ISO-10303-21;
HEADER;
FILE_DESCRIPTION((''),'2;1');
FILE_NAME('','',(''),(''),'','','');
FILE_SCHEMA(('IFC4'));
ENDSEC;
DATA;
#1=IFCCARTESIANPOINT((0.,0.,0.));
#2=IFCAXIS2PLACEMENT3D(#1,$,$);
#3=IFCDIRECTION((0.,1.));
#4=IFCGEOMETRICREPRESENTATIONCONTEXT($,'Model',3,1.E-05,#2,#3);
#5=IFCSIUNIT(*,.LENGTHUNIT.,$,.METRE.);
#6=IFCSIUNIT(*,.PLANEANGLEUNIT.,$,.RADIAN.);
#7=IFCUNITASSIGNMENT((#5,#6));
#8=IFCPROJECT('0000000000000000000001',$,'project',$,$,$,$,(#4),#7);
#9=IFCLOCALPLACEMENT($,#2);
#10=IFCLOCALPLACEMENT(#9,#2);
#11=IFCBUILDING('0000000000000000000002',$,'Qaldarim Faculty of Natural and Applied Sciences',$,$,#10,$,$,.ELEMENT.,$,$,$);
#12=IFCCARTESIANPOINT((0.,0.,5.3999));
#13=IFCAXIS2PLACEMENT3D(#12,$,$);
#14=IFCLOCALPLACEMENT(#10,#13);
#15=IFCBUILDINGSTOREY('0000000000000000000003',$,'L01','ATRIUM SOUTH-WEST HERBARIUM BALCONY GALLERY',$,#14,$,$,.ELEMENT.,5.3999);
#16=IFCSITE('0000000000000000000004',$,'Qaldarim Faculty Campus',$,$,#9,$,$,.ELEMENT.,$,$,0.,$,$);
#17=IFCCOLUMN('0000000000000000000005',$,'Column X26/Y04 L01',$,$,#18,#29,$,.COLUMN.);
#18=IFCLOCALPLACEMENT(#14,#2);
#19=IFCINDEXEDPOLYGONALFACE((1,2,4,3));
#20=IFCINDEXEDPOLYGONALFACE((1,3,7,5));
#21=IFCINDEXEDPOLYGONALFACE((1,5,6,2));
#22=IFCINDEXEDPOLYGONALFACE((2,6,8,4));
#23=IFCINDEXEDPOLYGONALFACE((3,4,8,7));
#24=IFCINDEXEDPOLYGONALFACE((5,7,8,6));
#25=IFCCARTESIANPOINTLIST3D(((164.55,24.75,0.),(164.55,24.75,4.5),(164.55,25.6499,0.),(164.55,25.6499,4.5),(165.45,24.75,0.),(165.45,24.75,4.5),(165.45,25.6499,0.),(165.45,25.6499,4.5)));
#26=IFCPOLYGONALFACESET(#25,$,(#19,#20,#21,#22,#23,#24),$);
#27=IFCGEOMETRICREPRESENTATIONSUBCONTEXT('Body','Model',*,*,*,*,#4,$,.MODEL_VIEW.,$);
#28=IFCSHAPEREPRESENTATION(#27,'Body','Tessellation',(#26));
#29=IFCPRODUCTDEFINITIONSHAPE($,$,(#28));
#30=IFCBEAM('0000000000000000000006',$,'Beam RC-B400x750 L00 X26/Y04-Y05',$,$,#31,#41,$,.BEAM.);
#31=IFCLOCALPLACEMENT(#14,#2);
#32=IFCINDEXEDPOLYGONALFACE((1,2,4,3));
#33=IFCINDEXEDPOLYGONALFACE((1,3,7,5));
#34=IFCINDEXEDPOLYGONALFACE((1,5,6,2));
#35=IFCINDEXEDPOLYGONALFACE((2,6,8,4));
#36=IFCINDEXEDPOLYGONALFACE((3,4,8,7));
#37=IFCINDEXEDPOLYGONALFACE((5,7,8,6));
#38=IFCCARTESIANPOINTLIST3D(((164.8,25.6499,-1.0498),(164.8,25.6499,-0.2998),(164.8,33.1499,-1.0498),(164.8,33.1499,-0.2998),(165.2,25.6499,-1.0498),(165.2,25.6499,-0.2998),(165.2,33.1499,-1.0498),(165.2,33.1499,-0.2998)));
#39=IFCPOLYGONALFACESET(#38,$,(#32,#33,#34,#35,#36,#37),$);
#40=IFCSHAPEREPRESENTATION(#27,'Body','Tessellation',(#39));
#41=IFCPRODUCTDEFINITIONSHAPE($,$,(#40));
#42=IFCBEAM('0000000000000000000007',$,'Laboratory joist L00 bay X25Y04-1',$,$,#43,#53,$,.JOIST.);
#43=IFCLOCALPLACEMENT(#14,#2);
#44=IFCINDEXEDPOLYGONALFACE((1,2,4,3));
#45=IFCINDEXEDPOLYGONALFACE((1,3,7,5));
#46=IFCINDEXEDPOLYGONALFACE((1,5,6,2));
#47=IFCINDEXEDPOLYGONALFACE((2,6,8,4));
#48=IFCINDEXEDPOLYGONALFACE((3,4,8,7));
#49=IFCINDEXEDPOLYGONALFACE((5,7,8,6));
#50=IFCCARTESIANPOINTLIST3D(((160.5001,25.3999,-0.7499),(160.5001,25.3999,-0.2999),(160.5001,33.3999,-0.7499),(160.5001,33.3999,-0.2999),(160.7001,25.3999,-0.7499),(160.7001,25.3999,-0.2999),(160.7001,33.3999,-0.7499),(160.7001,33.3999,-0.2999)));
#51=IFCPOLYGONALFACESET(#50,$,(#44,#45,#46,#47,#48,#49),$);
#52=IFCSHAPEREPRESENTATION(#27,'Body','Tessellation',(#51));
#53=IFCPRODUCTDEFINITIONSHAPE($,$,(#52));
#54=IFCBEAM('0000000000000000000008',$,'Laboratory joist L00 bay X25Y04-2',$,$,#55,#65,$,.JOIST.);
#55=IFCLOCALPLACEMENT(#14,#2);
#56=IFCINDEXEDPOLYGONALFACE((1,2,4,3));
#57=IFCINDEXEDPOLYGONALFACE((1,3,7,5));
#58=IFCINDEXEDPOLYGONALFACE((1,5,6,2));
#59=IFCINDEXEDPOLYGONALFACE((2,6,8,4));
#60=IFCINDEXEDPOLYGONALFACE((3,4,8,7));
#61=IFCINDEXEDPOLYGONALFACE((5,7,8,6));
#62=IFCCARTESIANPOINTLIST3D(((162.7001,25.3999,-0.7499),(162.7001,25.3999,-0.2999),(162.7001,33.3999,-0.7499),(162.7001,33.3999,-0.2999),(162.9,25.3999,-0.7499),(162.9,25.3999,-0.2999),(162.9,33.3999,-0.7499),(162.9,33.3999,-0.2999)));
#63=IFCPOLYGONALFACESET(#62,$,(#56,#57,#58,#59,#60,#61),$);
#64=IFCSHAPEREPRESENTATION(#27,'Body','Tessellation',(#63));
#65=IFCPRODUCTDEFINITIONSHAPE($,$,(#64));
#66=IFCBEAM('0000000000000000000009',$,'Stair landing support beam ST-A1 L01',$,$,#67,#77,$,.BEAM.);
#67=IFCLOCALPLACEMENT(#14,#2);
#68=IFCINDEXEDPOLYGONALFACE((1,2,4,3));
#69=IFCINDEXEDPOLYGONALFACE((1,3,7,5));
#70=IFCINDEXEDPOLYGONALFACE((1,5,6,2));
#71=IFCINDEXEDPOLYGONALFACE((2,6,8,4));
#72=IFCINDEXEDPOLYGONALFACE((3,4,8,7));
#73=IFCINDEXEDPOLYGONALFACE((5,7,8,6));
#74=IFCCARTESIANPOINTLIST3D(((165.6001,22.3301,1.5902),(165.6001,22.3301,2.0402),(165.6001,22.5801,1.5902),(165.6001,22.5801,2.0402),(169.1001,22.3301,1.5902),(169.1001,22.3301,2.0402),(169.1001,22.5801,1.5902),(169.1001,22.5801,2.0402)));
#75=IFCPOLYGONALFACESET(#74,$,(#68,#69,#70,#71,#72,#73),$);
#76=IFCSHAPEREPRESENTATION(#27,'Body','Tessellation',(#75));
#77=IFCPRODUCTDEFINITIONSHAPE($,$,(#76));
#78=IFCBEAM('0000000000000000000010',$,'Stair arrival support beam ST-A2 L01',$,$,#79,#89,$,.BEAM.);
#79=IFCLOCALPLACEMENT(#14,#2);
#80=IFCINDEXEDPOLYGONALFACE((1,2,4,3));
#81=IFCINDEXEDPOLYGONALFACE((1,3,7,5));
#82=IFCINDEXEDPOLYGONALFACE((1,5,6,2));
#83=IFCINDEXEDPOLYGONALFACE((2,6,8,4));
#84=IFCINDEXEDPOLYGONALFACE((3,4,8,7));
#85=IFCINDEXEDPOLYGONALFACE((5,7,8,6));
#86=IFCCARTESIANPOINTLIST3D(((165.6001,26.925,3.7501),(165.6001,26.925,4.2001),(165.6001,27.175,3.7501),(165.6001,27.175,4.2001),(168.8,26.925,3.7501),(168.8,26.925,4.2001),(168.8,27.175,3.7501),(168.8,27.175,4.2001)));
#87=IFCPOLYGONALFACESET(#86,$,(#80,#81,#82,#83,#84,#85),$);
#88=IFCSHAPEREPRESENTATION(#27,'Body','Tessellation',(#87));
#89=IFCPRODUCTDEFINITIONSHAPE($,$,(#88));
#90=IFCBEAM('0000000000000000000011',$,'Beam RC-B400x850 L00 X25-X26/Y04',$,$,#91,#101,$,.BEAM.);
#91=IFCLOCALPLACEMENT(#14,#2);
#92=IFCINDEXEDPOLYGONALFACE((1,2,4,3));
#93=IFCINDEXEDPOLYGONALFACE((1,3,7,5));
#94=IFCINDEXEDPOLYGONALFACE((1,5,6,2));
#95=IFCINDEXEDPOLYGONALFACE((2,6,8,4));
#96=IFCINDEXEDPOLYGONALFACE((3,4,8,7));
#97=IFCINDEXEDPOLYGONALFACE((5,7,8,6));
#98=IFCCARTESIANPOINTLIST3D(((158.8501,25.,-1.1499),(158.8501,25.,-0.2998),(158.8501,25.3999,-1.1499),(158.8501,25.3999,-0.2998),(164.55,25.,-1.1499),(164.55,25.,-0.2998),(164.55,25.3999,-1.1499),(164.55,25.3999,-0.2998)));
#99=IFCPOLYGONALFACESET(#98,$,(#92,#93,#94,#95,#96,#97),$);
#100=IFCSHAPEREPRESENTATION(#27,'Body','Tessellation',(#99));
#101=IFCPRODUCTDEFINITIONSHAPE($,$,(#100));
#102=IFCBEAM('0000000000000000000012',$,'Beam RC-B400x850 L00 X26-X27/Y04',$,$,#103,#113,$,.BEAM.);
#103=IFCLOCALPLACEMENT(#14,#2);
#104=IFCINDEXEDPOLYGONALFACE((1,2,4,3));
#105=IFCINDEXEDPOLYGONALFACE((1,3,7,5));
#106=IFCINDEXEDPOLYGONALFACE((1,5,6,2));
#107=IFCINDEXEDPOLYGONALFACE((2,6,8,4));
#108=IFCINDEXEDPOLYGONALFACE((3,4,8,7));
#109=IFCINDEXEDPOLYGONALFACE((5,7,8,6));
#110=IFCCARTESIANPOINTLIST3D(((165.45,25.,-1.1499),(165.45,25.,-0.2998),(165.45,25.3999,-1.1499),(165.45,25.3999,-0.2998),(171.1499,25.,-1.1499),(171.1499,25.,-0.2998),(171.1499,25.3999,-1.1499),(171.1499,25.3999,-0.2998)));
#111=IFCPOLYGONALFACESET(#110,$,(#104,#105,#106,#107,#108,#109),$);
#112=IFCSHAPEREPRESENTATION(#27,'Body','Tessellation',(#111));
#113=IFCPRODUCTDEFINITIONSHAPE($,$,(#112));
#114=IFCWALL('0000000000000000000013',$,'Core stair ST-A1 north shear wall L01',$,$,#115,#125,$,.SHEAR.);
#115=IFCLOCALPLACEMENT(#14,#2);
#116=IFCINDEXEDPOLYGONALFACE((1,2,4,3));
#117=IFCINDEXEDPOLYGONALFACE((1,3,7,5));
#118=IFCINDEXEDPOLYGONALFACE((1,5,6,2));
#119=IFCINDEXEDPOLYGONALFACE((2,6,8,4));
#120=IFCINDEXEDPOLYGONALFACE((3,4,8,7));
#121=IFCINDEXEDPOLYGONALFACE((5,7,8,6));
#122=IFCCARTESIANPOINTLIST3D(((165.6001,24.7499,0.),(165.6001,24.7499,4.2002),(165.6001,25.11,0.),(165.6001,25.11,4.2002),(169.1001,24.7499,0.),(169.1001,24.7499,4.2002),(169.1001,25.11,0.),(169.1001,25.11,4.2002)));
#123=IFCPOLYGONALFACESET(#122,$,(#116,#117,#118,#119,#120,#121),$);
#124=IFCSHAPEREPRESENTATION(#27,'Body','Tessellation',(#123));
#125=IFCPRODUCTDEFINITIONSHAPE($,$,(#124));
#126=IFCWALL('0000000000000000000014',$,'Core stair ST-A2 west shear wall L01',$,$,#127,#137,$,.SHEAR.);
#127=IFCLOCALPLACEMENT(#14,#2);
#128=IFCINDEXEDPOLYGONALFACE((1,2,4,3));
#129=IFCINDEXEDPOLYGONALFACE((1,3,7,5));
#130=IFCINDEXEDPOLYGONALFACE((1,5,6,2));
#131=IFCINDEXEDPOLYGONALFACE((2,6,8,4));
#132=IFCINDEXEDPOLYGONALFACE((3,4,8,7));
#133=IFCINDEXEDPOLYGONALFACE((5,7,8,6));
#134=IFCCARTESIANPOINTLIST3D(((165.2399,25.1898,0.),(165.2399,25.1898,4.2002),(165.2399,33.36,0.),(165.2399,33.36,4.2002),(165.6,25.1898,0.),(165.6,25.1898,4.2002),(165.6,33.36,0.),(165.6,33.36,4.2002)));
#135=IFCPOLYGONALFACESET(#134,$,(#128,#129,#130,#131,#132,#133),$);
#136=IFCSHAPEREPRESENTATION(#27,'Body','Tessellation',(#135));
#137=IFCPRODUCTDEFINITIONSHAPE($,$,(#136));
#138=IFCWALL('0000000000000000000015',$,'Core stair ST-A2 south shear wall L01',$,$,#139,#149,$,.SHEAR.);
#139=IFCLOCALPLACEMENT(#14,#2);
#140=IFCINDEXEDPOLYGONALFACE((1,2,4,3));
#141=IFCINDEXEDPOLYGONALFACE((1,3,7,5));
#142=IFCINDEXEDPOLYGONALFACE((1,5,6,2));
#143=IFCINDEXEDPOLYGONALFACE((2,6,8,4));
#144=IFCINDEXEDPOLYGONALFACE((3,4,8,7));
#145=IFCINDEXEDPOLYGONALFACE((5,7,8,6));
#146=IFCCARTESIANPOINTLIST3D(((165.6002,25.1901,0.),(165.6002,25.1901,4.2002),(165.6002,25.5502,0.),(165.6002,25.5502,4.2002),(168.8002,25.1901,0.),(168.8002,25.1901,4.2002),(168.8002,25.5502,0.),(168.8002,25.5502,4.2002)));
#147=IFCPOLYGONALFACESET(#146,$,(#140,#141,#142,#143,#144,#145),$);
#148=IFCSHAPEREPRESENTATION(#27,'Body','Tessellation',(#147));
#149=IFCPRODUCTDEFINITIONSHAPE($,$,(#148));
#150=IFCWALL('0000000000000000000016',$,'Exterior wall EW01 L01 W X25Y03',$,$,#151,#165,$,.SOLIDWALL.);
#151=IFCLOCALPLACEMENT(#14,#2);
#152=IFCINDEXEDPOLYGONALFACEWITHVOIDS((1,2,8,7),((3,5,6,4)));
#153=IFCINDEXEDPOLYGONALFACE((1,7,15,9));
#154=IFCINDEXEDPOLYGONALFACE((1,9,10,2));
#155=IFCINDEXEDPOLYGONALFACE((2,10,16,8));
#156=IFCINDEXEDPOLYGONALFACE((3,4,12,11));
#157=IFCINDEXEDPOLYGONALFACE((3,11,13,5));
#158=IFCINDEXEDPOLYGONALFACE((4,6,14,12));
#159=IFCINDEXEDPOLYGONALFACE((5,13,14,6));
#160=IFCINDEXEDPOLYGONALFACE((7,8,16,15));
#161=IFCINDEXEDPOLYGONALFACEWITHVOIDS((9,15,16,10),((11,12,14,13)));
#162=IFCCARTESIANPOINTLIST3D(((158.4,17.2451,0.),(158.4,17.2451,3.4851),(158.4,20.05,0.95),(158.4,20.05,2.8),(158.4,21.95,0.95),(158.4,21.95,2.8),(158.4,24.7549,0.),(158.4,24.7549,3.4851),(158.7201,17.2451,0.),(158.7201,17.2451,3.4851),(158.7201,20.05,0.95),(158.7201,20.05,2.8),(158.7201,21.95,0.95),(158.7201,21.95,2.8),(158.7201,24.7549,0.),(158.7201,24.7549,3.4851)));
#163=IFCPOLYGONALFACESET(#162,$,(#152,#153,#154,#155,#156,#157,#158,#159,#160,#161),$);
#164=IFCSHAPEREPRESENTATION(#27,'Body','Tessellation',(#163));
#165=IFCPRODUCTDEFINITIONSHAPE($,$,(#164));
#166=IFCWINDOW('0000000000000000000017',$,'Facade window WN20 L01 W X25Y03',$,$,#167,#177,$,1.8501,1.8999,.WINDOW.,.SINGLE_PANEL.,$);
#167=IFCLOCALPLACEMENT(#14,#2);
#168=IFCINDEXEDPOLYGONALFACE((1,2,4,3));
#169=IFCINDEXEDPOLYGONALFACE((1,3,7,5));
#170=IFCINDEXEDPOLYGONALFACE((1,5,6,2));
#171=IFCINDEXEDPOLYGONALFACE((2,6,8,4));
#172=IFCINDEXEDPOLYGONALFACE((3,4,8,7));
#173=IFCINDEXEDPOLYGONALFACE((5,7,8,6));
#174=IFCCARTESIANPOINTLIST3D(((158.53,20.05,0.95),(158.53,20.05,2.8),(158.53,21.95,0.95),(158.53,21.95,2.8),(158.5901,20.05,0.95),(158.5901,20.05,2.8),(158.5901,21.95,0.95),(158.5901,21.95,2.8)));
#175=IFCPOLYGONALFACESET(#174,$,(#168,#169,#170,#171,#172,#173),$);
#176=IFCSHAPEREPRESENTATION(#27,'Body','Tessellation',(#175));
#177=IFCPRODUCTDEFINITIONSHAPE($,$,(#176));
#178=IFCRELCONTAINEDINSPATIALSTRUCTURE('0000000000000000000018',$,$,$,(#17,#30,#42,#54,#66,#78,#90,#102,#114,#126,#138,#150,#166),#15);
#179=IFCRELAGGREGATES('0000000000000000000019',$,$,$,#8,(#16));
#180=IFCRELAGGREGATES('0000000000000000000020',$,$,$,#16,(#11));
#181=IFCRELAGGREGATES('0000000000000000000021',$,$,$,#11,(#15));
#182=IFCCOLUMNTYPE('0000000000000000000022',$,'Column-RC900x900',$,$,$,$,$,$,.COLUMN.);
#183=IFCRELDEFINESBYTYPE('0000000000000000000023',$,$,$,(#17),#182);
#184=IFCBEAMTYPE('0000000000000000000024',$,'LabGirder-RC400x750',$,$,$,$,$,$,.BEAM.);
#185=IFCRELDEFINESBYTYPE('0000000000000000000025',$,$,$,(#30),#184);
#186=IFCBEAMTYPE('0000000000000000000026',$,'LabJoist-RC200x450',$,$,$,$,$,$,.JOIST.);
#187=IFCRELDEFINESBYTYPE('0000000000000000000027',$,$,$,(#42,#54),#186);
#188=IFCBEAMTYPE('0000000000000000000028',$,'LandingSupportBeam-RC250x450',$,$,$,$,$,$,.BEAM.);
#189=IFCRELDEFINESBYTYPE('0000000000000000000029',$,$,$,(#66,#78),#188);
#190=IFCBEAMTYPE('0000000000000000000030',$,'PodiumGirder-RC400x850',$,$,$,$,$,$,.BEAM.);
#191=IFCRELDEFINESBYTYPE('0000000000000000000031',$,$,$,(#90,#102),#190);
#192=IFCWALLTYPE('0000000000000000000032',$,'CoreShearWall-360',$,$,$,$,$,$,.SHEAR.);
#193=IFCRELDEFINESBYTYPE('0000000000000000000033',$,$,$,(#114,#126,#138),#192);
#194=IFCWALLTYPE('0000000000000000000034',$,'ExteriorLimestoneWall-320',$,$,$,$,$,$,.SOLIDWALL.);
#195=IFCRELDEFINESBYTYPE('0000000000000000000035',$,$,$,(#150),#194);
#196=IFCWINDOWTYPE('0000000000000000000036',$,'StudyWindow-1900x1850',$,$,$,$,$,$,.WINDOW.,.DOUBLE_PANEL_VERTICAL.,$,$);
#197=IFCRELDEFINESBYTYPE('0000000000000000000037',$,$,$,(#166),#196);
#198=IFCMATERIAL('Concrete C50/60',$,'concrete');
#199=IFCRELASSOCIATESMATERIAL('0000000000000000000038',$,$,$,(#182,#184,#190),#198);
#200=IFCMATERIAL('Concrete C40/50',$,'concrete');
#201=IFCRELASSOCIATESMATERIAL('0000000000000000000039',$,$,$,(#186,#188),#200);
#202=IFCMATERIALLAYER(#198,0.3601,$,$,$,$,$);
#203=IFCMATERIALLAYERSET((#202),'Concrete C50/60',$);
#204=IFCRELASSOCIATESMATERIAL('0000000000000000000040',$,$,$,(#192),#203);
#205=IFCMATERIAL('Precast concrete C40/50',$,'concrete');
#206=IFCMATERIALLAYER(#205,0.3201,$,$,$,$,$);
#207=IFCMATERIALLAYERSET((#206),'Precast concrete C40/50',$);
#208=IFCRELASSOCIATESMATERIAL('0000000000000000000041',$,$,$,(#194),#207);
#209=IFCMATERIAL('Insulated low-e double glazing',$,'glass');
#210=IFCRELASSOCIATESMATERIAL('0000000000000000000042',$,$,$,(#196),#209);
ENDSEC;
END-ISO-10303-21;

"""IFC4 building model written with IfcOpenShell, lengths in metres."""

from ifc_helpers import new_model, si_unit, direction, frame, frame_2d, origin, origin_2d, place, context, subcontext, project, spatial, rectangle, extrude, material, layer, layer_set, material_profile, profile_set, type_object, element, fill, save


model = new_model("IFC4")

# Units and contexts
model_context = context("Model", 3, precision=1e-05, world=origin(), true_north=direction((0.0, 1.0)))
body_context = subcontext(model_context, "Body", "Model", "MODEL_VIEW")
ifc_project = project(units=[si_unit("LENGTHUNIT", "METRE"), si_unit("PLANEANGLEUNIT", "RADIAN")], contexts=[model_context])

# Site, building, storey
site_placement = place(None, origin())
site = spatial("IfcSite", under=ifc_project, at=site_placement, Name="Qaldarim Faculty Campus", CompositionType="ELEMENT", RefElevation=0.0)
building_placement = place(site_placement, origin())
building = spatial("IfcBuilding", under=site, at=building_placement, Name="Qaldarim Faculty of Natural and Applied Sciences", CompositionType="ELEMENT")
storey_placement = place(building_placement, frame((0.0, 0.0, 5.3999)))
storey = spatial("IfcBuildingStorey", under=building, at=storey_placement, Name="L01", Description="ATRIUM SOUTH-WEST HERBARIUM BALCONY GALLERY", CompositionType="ELEMENT", Elevation=5.3999)

# Column
ifc_material_1 = material(Name="Concrete C50/60", Category="concrete")
ifc_material_profile_1 = material_profile(ifc_material_1, rectangle(XDim=0.8999, YDim=0.8999, at=origin_2d()), Name="RC-C900x900")
ifc_profile_set_1 = profile_set([ifc_material_profile_1], Name="Concrete C50/60")
column_type = type_object("IfcColumnType", Name="Column-RC900x900", PredefinedType="COLUMN", material=ifc_profile_set_1)
column_placement = place(storey_placement, frame((165.0, 25.2, 0.0), z_axis=(0.0, 0.0, 1.0), x_axis=(1.0, 0.0, 0.0)))
element("IfcColumn", 1, at=column_placement, inside=storey, type_object=column_type, Name="Column X26/Y04 L01", PredefinedType="COLUMN", context=body_context, shape_type="SweptSolid", body=[
    extrude(rectangle(XDim=0.8999, YDim=0.8999, at=origin_2d()), origin(), (0.0, 0.0, 1.0), 4.5),
])

# Beams
ifc_material_profile_2 = material_profile(ifc_material_1, rectangle(XDim=0.3999, YDim=0.75, at=origin_2d()), Name="RC-B400x750")
ifc_profile_set_2 = profile_set([ifc_material_profile_2], Name="Concrete C50/60")
beam_type_1 = type_object("IfcBeamType", Name="LabGirder-RC400x750", PredefinedType="BEAM", material=ifc_profile_set_2)
beam_1_placement = place(storey_placement, frame((165.0, 25.6499, -0.6748), z_axis=(0.0, 1.0, 0.0), x_axis=(-1.0, 0.0, 0.0)))
element("IfcBeam", 2, at=beam_1_placement, inside=storey, type_object=beam_type_1, Name="Beam RC-B400x750 L00 X26/Y04-Y05", PredefinedType="BEAM", context=body_context, shape_type="SweptSolid", body=[
    extrude(rectangle(XDim=0.3999, YDim=0.75, at=origin_2d()), origin(), (0.0, 0.0, 1.0), 7.5),
])
ifc_material_2 = material(Name="Concrete C40/50", Category="concrete")
ifc_material_profile_3 = material_profile(ifc_material_2, rectangle(XDim=0.2, YDim=0.45, at=origin_2d()), Name="RC-J200x450")
ifc_profile_set_3 = profile_set([ifc_material_profile_3], Name="Concrete C40/50")
beam_type_2 = type_object("IfcBeamType", Name="LabJoist-RC200x450", PredefinedType="JOIST", material=ifc_profile_set_3)
for number, where, z_axis, x_axis, name in (
    (3, (160.6001, 25.3999, -0.5249), (0.0, 1.0, 0.0), (-1.0, 0.0, 0.0), "Laboratory joist L00 bay X25Y04-1"),
    (4, (162.8, 25.3999, -0.5249), (0.0, 1.0, 0.0), (-1.0, 0.0, 0.0), "Laboratory joist L00 bay X25Y04-2"),
):
    element("IfcBeam", number, at=place(storey_placement, frame(where, z_axis=z_axis, x_axis=x_axis)), inside=storey, type_object=beam_type_2, Name=name, PredefinedType="JOIST", context=body_context, shape_type="SweptSolid", body=[
        extrude(rectangle(XDim=0.2, YDim=0.45, at=origin_2d()), origin(), (0.0, 0.0, 1.0), 8.0),
    ])
ifc_material_profile_4 = material_profile(ifc_material_2, rectangle(XDim=0.25, YDim=0.45, at=origin_2d()), Name="RC-LN250x450")
ifc_profile_set_4 = profile_set([ifc_material_profile_4], Name="Concrete C40/50")
beam_type_3 = type_object("IfcBeamType", Name="LandingSupportBeam-RC250x450", PredefinedType="BEAM", material=ifc_profile_set_4)
beam_2_placement = place(storey_placement, frame((165.6001, 22.4551, 1.8152), z_axis=(1.0, 0.0, 0.0), x_axis=(0.0, 1.0, 0.0)))
element("IfcBeam", 5, at=beam_2_placement, inside=storey, type_object=beam_type_3, Name="Stair landing support beam ST-A1 L01", PredefinedType="BEAM", context=body_context, shape_type="SweptSolid", body=[
    extrude(rectangle(XDim=0.25, YDim=0.45, at=origin_2d()), origin(), (0.0, 0.0, 1.0), 3.5),
])
beam_3_placement = place(storey_placement, frame((165.6001, 27.05, 3.9751), z_axis=(1.0, 0.0, 0.0), x_axis=(0.0, 1.0, 0.0)))
element("IfcBeam", 6, at=beam_3_placement, inside=storey, type_object=beam_type_3, Name="Stair arrival support beam ST-A2 L01", PredefinedType="BEAM", context=body_context, shape_type="SweptSolid", body=[
    extrude(rectangle(XDim=0.25, YDim=0.45, at=origin_2d()), origin(), (0.0, 0.0, 1.0), 3.2),
])
ifc_material_profile_5 = material_profile(ifc_material_1, rectangle(XDim=0.3999, YDim=0.8501, at=origin_2d()), Name="RC-B400x850")
ifc_profile_set_5 = profile_set([ifc_material_profile_5], Name="Concrete C50/60")
beam_type_4 = type_object("IfcBeamType", Name="PodiumGirder-RC400x850", PredefinedType="BEAM", material=ifc_profile_set_5)
for number, where, z_axis, x_axis, name in (
    (7, (158.8501, 25.2, -0.7249), (1.0, 0.0, 0.0), (0.0, 1.0, 0.0), "Beam RC-B400x850 L00 X25-X26/Y04"),
    (8, (165.45, 25.2, -0.7249), (1.0, 0.0, 0.0), (0.0, 1.0, 0.0), "Beam RC-B400x850 L00 X26-X27/Y04"),
):
    element("IfcBeam", number, at=place(storey_placement, frame(where, z_axis=z_axis, x_axis=x_axis)), inside=storey, type_object=beam_type_4, Name=name, PredefinedType="BEAM", context=body_context, shape_type="SweptSolid", body=[
        extrude(rectangle(XDim=0.3999, YDim=0.8501, at=origin_2d()), origin(), (0.0, 0.0, 1.0), 5.7),
    ])

# Walls
ifc_layer_1 = layer(ifc_material_1, 0.3601)
ifc_layer_set_1 = layer_set([ifc_layer_1], Name="Concrete C50/60")
wall_type_1 = type_object("IfcWallType", Name="CoreShearWall-360", PredefinedType="SHEAR", material=ifc_layer_set_1)
wall_1_placement = place(storey_placement, frame((165.6001, 24.9299, 0.0), z_axis=(0.0, 0.0, 1.0), x_axis=(1.0, 0.0, 0.0)))
element("IfcWall", 9, at=wall_1_placement, inside=storey, type_object=wall_type_1, Name="Core stair ST-A1 north shear wall L01", PredefinedType="SHEAR", context=body_context, shape_type="SweptSolid", body=[
    extrude(rectangle(XDim=3.5, YDim=0.3601, at=frame_2d((1.75, 0.0))), origin(), (0.0, 0.0, 1.0), 4.2002),
])
wall_2_placement = place(storey_placement, frame((165.4199, 25.1899, 0.0), z_axis=(0.0, 0.0, 1.0), x_axis=(0.0, 1.0, 0.0)))
element("IfcWall", 10, at=wall_2_placement, inside=storey, type_object=wall_type_1, Name="Core stair ST-A2 west shear wall L01", PredefinedType="SHEAR", context=body_context, shape_type="SweptSolid", body=[
    extrude(rectangle(XDim=8.1702, YDim=0.3601, at=frame_2d((4.085, 0.0))), origin(), (0.0, 0.0, 1.0), 4.2002),
])

# Wall
wall_3_placement = place(storey_placement, frame((165.6001, 25.3701, 0.0), z_axis=(0.0, 0.0, 1.0), x_axis=(1.0, 0.0, 0.0)))
element("IfcWall", 11, at=wall_3_placement, inside=storey, type_object=wall_type_1, Name="Core stair ST-A2 south shear wall L01", PredefinedType="SHEAR", context=body_context, shape_type="SweptSolid", body=[
    extrude(rectangle(XDim=3.2, YDim=0.3601, at=frame_2d((1.6001, 0.0))), origin(), (0.0, 0.0, 1.0), 4.2002),
])

# Wall, opening, window
ifc_material_3 = material(Name="Precast concrete C40/50", Category="concrete")
ifc_layer_2 = layer(ifc_material_3, 0.3201)
ifc_layer_set_2 = layer_set([ifc_layer_2], Name="Precast concrete C40/50")
wall_type_2 = type_object("IfcWallType", Name="ExteriorLimestoneWall-320", PredefinedType="SOLIDWALL", material=ifc_layer_set_2)
wall_4_placement = place(storey_placement, frame((158.5601, 24.7549, 0.0), z_axis=(0.0, 0.0, 1.0), x_axis=(0.0, -1.0, 0.0)))
wall_4 = element("IfcWall", 12, at=wall_4_placement, inside=storey, type_object=wall_type_2, Name="Exterior wall EW01 L01 W X25Y03", PredefinedType="SOLIDWALL", context=body_context, shape_type="SweptSolid", body=[
    extrude(rectangle(XDim=7.5098, YDim=0.3201, at=frame_2d((3.7549, 0.0))), origin(), (0.0, 0.0, 1.0), 3.4851),
])
opening_1_placement = place(wall_4_placement, frame((2.8049, 0.0, 0.95)))
opening_1 = element("IfcOpeningElement", 13, at=opening_1_placement, cuts=wall_4, PredefinedType="OPENING", context=body_context, shape_type="SweptSolid", body=[
    extrude(rectangle(XDim=1.8999, YDim=1.8501, at=frame_2d((0.95, 0.925))), frame((0.0, 0.1699, 0.0), z_axis=(0.0, -1.0, 0.0), x_axis=(1.0, 0.0, 0.0)), (0.0, 0.0, 1.0), 0.3401),
])
ifc_material_4 = material(Name="Insulated low-e double glazing", Category="glass")
window_type = type_object("IfcWindowType", Name="StudyWindow-1900x1850", PartitioningType="DOUBLE_PANEL_VERTICAL", PredefinedType="WINDOW", material=ifc_material_4)
window_placement = place(opening_1_placement, origin())
window = element("IfcWindow", 14, at=window_placement, inside=storey, type_object=window_type, Name="Facade window WN20 L01 W X25Y03", OverallHeight=1.8501, OverallWidth=1.8999, PartitioningType="SINGLE_PANEL", PredefinedType="WINDOW", context=body_context, shape_type="SweptSolid", body=[
    extrude(rectangle(XDim=1.8999, YDim=1.8501, at=frame_2d((0.95, 0.925))), frame((0.0, 0.03, 0.0), z_axis=(0.0, -1.0, 0.0), x_axis=(1.0, 0.0, 0.0)), (0.0, 0.0, 1.0), 0.0601),
])
fill(opening_1, window)

save(model, "model.ifc")
